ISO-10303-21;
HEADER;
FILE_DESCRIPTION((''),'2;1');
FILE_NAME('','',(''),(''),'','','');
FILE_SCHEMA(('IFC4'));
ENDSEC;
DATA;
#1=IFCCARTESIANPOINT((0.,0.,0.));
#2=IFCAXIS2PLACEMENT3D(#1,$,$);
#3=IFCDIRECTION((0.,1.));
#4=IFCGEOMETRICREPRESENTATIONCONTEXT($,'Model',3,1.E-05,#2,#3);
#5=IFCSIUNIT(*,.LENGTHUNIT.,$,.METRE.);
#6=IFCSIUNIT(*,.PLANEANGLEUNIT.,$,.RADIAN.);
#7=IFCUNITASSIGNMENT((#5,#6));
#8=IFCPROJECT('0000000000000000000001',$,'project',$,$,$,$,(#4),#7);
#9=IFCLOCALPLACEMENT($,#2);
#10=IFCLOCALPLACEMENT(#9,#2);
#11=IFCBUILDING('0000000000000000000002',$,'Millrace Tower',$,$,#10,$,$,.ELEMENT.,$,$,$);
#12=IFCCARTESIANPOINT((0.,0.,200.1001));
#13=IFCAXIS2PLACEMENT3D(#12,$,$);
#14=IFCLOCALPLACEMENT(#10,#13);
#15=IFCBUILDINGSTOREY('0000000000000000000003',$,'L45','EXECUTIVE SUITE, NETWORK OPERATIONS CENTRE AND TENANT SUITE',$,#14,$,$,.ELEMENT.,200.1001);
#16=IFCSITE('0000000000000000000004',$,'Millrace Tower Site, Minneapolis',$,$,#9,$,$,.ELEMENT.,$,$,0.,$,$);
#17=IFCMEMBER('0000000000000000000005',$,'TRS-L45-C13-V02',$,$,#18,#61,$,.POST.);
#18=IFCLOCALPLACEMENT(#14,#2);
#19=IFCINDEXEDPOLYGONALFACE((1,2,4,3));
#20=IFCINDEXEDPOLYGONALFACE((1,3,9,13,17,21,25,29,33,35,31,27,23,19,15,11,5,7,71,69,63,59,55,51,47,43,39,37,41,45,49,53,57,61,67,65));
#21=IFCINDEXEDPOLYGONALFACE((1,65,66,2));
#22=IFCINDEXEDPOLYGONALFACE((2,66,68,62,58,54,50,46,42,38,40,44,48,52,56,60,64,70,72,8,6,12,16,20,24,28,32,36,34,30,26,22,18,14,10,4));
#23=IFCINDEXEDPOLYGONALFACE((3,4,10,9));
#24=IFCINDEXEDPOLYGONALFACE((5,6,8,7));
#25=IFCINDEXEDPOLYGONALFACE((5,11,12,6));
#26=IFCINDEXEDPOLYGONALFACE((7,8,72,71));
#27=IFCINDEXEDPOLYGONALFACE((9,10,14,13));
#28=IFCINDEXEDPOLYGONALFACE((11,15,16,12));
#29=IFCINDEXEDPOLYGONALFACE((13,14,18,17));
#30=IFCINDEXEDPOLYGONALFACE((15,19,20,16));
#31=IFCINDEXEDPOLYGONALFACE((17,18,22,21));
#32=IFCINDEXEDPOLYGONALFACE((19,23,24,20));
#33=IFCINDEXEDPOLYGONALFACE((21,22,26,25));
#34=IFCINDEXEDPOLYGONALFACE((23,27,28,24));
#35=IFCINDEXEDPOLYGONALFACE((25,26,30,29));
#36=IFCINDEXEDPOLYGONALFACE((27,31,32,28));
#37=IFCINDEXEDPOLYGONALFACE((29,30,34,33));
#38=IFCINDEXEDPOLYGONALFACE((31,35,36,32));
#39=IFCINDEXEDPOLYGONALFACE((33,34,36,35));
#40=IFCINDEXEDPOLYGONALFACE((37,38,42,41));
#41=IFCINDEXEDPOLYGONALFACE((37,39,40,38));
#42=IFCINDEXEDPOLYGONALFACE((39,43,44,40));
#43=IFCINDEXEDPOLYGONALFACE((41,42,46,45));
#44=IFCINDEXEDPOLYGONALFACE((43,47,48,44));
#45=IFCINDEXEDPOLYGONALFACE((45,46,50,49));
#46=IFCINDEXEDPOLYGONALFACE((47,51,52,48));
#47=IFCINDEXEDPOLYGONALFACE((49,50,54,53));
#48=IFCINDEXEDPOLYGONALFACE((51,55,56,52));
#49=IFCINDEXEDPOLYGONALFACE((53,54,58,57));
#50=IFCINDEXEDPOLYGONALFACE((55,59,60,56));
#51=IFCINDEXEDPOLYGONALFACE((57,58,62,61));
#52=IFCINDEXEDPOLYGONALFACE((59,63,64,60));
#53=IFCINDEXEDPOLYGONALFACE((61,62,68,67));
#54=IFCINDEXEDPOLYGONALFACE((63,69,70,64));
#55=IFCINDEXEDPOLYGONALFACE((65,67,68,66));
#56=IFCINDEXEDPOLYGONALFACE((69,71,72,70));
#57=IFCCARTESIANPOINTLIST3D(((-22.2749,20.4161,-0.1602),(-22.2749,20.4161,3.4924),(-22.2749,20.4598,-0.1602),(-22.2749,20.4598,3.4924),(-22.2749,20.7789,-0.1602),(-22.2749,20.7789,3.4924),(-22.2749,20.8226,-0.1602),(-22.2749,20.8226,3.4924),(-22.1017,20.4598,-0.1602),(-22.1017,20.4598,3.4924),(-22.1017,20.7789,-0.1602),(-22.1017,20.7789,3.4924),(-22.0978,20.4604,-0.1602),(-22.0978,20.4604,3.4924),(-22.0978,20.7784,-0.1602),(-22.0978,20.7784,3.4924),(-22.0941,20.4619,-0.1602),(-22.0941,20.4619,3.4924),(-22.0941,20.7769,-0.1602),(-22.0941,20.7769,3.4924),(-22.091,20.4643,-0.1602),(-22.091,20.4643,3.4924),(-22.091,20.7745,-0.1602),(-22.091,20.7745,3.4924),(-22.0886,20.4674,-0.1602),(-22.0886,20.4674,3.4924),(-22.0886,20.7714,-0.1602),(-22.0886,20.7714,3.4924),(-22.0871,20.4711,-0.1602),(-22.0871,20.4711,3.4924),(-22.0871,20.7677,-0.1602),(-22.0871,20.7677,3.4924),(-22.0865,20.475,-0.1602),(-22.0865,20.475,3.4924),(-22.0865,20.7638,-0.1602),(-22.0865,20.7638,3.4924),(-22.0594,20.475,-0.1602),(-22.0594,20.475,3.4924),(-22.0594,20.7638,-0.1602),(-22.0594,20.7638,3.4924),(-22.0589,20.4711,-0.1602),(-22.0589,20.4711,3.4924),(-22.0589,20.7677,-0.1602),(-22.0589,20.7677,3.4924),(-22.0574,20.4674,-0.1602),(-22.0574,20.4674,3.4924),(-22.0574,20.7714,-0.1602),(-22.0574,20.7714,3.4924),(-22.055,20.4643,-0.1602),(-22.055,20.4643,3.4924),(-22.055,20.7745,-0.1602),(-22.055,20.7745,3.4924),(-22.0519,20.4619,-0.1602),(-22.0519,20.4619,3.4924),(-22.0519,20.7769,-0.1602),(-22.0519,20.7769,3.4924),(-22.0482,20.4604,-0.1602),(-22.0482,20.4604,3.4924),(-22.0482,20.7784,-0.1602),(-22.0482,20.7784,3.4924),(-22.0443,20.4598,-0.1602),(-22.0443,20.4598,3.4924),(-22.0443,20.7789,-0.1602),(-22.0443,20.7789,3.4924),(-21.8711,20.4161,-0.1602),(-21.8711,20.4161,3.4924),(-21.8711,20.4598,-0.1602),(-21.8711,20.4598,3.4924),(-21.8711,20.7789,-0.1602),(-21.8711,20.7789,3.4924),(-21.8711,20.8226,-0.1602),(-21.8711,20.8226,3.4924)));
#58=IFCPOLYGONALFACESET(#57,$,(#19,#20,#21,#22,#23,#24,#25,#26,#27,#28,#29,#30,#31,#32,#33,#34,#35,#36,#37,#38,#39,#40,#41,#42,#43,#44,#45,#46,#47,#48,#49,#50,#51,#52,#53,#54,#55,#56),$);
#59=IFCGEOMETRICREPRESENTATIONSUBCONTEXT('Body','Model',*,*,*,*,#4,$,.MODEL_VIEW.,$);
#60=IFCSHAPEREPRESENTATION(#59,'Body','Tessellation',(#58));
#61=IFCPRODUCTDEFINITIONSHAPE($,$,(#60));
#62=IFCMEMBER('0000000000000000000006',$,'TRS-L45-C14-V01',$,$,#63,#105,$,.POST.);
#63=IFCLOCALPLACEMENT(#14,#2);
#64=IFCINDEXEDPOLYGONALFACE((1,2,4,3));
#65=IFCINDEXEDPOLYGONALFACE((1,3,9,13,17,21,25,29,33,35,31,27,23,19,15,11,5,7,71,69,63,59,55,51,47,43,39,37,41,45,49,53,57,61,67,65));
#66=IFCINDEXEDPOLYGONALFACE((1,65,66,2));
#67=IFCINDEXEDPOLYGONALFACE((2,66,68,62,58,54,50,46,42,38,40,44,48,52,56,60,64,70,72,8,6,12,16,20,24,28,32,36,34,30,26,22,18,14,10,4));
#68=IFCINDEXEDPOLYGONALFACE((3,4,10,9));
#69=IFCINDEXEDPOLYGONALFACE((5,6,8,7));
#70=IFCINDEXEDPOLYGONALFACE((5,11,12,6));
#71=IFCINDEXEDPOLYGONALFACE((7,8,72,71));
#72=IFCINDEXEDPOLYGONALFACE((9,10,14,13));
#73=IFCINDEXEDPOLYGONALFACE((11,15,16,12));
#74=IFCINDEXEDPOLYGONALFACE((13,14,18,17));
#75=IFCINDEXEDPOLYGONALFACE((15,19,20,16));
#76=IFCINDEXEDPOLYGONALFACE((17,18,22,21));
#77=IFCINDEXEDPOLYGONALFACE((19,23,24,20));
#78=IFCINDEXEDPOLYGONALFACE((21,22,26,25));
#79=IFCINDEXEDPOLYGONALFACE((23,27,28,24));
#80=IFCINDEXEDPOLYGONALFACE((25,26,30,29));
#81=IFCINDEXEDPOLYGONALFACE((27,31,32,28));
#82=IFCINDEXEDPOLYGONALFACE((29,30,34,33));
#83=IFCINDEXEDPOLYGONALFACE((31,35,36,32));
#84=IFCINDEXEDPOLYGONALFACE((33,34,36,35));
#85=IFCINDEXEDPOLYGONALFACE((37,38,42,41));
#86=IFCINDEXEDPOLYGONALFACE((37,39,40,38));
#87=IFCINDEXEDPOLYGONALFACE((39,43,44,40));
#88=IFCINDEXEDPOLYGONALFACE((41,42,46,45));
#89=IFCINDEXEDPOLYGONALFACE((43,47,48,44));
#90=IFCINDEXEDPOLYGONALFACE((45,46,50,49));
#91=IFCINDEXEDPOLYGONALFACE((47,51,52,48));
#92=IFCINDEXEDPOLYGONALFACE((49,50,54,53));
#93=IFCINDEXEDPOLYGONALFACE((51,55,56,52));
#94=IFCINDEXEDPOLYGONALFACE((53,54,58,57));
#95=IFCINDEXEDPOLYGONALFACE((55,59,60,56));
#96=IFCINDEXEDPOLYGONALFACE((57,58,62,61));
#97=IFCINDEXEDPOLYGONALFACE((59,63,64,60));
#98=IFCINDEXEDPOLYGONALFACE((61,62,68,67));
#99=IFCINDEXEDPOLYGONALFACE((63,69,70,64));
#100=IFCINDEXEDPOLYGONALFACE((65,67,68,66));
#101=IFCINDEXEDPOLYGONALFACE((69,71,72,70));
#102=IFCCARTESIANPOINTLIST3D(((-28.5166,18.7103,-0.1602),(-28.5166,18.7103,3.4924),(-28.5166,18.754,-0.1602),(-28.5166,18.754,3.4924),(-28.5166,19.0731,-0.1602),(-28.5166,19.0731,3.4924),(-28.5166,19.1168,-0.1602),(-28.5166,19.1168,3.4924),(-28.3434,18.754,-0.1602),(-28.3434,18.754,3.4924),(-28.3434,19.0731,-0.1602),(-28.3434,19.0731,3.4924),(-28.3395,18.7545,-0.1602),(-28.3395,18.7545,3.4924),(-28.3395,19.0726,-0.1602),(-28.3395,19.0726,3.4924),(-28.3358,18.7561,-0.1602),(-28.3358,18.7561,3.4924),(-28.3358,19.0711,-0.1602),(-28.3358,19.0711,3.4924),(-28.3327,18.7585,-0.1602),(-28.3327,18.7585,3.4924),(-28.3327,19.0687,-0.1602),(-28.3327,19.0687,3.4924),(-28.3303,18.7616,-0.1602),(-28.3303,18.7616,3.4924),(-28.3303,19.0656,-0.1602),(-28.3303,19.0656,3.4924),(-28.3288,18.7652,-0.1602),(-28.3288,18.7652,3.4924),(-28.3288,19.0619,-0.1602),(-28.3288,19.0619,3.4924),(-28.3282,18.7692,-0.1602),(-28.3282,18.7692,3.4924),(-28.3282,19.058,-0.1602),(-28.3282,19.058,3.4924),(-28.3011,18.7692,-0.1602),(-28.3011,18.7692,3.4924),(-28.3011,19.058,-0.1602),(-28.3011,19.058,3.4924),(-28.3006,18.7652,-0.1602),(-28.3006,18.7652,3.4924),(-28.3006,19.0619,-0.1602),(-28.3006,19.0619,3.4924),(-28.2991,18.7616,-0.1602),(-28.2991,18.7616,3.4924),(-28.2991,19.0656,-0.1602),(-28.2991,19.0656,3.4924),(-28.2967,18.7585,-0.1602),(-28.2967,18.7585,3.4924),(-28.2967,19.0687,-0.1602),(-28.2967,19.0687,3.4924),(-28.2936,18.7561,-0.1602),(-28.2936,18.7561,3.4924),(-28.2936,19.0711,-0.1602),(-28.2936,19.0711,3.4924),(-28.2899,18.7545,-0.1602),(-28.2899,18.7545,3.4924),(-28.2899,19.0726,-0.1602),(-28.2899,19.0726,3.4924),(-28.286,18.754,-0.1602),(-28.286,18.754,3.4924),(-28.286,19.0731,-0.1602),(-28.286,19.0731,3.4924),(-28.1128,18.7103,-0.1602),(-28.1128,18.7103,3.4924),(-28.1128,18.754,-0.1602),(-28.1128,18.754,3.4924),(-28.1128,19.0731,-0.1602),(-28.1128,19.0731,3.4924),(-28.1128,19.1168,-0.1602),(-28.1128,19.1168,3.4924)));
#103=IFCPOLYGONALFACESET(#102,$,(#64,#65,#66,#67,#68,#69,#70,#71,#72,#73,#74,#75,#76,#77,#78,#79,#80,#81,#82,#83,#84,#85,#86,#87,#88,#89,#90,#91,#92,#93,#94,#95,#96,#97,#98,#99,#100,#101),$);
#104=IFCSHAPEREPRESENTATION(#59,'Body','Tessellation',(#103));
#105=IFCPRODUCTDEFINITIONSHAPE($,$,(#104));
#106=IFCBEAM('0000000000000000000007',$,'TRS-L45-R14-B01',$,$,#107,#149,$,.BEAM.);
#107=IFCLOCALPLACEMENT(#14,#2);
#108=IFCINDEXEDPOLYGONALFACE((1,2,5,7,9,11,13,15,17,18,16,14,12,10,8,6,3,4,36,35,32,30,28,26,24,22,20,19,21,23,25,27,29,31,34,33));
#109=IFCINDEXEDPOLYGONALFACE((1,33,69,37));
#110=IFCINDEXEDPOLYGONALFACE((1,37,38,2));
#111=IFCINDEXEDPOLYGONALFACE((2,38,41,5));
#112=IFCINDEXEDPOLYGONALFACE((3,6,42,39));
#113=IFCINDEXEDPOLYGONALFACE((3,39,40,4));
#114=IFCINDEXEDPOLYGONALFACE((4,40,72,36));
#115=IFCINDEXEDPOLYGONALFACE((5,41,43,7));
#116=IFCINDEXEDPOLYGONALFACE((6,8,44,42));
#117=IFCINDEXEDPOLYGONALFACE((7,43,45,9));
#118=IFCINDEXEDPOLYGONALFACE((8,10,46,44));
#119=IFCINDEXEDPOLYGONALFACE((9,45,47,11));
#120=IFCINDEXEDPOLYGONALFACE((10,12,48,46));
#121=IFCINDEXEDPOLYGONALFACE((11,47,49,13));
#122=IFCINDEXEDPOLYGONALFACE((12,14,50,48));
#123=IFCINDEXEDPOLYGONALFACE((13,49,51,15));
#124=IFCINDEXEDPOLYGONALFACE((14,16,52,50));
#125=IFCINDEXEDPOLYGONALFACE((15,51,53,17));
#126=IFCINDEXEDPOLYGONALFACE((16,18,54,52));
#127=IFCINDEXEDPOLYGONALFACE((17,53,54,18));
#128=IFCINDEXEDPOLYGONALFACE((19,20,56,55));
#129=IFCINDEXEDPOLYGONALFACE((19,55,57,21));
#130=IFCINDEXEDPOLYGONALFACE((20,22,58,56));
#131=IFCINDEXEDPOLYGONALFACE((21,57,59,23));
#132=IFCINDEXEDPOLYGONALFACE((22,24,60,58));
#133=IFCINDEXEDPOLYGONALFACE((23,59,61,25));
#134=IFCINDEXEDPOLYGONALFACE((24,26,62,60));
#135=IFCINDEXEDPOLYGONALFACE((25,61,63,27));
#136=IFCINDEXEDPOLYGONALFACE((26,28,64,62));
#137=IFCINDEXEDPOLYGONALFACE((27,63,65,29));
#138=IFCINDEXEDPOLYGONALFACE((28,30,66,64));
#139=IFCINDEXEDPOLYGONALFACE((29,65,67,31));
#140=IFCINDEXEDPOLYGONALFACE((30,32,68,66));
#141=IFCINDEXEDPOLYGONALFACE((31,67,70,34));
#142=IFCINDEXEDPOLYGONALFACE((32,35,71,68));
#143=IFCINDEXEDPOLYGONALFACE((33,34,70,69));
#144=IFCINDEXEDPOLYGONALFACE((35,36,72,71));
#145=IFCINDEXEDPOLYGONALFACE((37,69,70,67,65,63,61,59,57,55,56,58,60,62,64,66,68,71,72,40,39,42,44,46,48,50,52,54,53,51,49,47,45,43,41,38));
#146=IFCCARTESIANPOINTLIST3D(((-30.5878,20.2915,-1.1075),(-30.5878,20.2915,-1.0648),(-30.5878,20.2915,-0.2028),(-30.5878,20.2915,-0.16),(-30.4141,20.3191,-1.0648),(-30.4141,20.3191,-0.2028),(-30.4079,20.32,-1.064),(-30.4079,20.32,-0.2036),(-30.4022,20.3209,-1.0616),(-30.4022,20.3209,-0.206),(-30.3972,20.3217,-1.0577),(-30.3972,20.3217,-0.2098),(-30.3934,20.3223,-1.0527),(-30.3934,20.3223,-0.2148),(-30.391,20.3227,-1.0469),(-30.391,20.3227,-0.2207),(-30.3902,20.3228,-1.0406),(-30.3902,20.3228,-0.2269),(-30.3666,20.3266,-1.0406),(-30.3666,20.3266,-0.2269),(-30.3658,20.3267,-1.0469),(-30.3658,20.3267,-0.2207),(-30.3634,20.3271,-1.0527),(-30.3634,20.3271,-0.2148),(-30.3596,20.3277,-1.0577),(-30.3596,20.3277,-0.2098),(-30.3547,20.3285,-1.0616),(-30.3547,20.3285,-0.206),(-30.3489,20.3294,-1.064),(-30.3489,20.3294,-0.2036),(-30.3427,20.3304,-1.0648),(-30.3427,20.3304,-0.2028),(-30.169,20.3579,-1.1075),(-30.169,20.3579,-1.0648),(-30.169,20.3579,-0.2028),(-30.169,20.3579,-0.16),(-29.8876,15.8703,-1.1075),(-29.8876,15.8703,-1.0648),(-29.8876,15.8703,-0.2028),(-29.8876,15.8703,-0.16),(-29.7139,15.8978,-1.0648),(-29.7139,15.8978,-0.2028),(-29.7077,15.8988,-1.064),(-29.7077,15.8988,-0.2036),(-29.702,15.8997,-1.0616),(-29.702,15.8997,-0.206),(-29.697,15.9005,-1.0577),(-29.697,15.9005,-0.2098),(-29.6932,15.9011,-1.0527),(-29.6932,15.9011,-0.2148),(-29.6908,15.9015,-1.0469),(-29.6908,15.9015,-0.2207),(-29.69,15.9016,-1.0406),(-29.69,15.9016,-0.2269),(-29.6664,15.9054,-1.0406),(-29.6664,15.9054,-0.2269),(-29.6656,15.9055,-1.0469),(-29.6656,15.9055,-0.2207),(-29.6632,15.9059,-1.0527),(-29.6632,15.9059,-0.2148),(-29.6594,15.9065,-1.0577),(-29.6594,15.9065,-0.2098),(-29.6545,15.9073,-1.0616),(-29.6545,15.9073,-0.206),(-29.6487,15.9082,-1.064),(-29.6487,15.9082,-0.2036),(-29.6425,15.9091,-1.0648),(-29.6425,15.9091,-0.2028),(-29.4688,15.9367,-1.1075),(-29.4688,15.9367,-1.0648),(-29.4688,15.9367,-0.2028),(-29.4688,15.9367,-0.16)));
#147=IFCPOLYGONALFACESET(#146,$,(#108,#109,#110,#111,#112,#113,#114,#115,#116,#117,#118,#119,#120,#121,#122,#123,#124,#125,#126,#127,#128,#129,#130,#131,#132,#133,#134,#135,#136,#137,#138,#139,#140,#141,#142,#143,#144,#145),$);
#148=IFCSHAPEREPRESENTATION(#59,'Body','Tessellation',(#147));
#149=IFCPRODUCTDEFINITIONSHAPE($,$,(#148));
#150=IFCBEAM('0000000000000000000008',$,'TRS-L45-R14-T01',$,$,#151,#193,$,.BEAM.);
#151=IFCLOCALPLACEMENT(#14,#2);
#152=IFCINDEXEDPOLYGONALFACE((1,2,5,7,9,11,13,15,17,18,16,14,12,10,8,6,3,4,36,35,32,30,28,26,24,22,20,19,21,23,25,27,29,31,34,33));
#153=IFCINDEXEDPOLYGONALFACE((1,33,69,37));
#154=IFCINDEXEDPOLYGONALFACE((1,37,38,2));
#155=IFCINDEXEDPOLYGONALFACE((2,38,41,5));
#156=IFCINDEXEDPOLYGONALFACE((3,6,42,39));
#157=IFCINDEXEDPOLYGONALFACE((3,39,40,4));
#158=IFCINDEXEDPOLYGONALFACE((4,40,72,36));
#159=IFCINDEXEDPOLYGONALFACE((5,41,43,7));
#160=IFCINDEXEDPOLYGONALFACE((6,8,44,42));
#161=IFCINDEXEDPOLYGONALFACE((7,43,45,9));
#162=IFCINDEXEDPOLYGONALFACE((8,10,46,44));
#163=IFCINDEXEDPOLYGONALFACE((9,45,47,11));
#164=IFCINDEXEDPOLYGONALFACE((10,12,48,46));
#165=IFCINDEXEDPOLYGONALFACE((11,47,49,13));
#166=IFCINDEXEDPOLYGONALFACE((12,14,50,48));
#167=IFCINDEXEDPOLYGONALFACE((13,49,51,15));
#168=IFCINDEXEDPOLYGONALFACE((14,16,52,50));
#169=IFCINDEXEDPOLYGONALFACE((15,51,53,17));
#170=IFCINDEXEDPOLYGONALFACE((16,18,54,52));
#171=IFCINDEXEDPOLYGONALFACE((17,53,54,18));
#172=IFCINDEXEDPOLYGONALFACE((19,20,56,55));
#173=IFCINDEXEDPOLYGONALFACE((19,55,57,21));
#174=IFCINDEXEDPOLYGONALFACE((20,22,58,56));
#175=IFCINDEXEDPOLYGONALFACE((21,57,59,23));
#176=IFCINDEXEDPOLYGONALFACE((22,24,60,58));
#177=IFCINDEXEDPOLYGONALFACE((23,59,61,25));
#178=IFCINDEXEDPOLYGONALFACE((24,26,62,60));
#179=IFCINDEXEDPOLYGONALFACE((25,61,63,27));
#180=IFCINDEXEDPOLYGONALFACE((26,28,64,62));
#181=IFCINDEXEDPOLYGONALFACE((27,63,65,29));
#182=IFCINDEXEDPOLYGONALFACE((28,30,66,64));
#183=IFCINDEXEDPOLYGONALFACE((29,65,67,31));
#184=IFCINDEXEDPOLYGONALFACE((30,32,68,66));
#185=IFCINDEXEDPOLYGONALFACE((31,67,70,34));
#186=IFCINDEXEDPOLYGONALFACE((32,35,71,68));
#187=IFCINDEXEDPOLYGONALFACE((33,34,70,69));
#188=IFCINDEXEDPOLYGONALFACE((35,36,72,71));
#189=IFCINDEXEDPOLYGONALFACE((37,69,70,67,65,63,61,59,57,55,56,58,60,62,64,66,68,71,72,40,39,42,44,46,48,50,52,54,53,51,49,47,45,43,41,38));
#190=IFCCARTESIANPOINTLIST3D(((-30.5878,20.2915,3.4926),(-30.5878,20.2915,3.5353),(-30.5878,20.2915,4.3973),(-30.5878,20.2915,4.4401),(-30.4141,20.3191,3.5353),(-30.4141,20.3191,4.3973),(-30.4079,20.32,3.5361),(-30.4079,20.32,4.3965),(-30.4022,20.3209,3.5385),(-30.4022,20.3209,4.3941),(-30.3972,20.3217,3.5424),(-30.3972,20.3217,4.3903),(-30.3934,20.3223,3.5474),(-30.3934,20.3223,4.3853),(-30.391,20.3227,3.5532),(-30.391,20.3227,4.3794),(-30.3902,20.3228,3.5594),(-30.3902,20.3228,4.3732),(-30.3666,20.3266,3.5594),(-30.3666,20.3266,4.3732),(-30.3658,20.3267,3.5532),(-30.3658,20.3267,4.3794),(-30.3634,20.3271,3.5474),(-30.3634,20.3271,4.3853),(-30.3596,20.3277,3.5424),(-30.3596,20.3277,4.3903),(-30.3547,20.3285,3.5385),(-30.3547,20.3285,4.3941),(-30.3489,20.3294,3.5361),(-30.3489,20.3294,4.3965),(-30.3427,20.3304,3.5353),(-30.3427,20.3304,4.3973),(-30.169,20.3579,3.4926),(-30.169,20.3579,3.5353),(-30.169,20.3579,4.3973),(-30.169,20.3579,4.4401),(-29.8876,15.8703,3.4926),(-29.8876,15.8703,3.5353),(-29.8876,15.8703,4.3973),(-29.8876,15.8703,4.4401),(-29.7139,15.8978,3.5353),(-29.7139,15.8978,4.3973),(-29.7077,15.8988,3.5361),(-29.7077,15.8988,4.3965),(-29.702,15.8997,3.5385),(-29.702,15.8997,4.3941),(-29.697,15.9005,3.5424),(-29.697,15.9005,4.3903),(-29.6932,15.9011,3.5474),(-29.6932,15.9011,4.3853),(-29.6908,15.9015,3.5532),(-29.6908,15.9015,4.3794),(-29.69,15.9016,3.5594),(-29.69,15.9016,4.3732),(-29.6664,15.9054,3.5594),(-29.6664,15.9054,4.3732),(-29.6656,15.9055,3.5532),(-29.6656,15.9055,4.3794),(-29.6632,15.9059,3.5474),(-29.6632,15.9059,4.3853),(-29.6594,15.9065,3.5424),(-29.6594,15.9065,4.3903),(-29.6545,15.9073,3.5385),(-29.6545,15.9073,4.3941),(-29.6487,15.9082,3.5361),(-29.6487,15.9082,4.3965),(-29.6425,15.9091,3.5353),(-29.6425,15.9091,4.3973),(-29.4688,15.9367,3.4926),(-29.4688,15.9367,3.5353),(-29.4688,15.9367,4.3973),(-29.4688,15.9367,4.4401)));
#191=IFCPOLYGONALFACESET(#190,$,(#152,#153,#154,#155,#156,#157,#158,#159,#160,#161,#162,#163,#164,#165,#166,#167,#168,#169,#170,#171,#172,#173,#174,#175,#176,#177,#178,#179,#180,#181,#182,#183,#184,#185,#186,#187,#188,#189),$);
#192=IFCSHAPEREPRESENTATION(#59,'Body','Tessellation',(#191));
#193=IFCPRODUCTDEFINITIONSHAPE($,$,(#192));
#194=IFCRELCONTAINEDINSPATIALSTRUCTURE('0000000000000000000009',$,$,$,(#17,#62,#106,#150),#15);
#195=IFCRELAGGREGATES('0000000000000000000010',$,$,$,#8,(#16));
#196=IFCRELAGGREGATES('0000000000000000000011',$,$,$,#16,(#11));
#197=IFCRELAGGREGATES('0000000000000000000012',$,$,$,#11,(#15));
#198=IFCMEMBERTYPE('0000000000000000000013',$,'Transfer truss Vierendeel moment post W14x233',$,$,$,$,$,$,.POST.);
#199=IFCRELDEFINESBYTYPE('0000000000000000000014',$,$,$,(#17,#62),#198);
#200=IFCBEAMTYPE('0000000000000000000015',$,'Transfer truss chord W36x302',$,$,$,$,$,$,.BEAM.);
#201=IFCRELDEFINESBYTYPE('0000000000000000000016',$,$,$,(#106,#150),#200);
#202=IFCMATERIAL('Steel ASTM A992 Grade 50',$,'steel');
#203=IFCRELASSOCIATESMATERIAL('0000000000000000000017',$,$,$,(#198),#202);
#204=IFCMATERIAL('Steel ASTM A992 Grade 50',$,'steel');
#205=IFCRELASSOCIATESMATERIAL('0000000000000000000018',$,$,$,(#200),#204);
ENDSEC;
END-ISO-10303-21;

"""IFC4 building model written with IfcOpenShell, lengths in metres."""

from ifc_helpers import new_model, si_unit, direction, frame, origin, origin_2d, place, context, subcontext, project, spatial, i_section, extrude, material, material_profile, profile_set, type_object, element, save


model = new_model("IFC4")

# Units and contexts
model_context = context("Model", 3, precision=1e-05, world=origin(), true_north=direction((0.0, 1.0)))
body_context = subcontext(model_context, "Body", "Model", "MODEL_VIEW")
ifc_project = project(units=[si_unit("LENGTHUNIT", "METRE"), si_unit("PLANEANGLEUNIT", "RADIAN")], contexts=[model_context])

# Site, building, storey
site_placement = place(None, origin())
site = spatial("IfcSite", under=ifc_project, at=site_placement, Name="Millrace Tower Site, Minneapolis", CompositionType="ELEMENT", RefElevation=0.0)
building_placement = place(site_placement, origin())
building = spatial("IfcBuilding", under=site, at=building_placement, Name="Millrace Tower", CompositionType="ELEMENT")
storey_placement = place(building_placement, frame((0.0, 0.0, 200.1001)))
storey = spatial("IfcBuildingStorey", under=building, at=storey_placement, Name="L45", Description="EXECUTIVE SUITE, NETWORK OPERATIONS CENTRE AND TENANT SUITE", CompositionType="ELEMENT", Elevation=200.1001)

# Members
ifc_material_1 = material(Name="Steel ASTM A992 Grade 50", Category="steel")
ifc_material_profile_1 = material_profile(ifc_material_1, i_section(OverallWidth=0.4038, OverallDepth=0.4065, WebThickness=0.0271, FlangeThickness=0.0437, FilletRadius=0.0151, at=origin_2d()))
ifc_profile_set_1 = profile_set([ifc_material_profile_1], Name="Steel ASTM A992 Grade 50")
member_type_1 = type_object("IfcMemberType", Name="Transfer truss Vierendeel moment post W14x233", PredefinedType="POST", material=ifc_profile_set_1)
for number, where, z_axis, x_axis, name in (
    (1, (-22.073, 20.6194, -0.1602), (0.0, 0.0, 1.0), (1.0, 0.0, 0.0), "TRS-L45-C13-V02"),
    (2, (-28.3147, 18.9136, -0.1602), (0.0, 0.0, 1.0), (1.0, 0.0, 0.0), "TRS-L45-C14-V01"),
):
    element("IfcMember", number, at=place(storey_placement, frame(where, z_axis=z_axis, x_axis=x_axis)), inside=storey, type_object=member_type_1, Name=name, PredefinedType="POST", context=body_context, shape_type="SweptSolid", body=[
        extrude(i_section(OverallWidth=0.4038, OverallDepth=0.4065, WebThickness=0.0271, FlangeThickness=0.0437, FilletRadius=0.0151, at=origin_2d()), origin(), (0.0, 0.0, 1.0), 3.6526),
    ])

# Beams
ifc_material_2 = material(Name="Steel ASTM A992 Grade 50", Category="steel")
ifc_material_profile_2 = material_profile(ifc_material_2, i_section(OverallWidth=0.4241, OverallDepth=0.9475, WebThickness=0.0239, FlangeThickness=0.0427, FilletRadius=0.0242, at=origin_2d()))
ifc_profile_set_2 = profile_set([ifc_material_profile_2], Name="Steel ASTM A992 Grade 50")
beam_type_1 = type_object("IfcBeamType", Name="Transfer truss chord W36x302", PredefinedType="BEAM", material=ifc_profile_set_2)
for number, where, z_axis, x_axis, name in (
    (3, (-30.3784, 20.3247, -0.6338), (0.156425, -0.98769, 0.0), (0.98769, 0.156425, 0.0), "TRS-L45-R14-B01"),
    (4, (-30.3784, 20.3247, 3.9663), (0.156425, -0.98769, 0.0), (0.98769, 0.156425, 0.0), "TRS-L45-R14-T01"),
):
    element("IfcBeam", number, at=place(storey_placement, frame(where, z_axis=z_axis, x_axis=x_axis)), inside=storey, type_object=beam_type_1, Name=name, PredefinedType="BEAM", context=body_context, shape_type="SweptSolid", body=[
        extrude(i_section(OverallWidth=0.4241, OverallDepth=0.9475, WebThickness=0.0239, FlangeThickness=0.0427, FilletRadius=0.0242, at=origin_2d()), origin(), (0.0, 0.0, 1.0), 4.4763),
    ])

save(model, "model.ifc")
